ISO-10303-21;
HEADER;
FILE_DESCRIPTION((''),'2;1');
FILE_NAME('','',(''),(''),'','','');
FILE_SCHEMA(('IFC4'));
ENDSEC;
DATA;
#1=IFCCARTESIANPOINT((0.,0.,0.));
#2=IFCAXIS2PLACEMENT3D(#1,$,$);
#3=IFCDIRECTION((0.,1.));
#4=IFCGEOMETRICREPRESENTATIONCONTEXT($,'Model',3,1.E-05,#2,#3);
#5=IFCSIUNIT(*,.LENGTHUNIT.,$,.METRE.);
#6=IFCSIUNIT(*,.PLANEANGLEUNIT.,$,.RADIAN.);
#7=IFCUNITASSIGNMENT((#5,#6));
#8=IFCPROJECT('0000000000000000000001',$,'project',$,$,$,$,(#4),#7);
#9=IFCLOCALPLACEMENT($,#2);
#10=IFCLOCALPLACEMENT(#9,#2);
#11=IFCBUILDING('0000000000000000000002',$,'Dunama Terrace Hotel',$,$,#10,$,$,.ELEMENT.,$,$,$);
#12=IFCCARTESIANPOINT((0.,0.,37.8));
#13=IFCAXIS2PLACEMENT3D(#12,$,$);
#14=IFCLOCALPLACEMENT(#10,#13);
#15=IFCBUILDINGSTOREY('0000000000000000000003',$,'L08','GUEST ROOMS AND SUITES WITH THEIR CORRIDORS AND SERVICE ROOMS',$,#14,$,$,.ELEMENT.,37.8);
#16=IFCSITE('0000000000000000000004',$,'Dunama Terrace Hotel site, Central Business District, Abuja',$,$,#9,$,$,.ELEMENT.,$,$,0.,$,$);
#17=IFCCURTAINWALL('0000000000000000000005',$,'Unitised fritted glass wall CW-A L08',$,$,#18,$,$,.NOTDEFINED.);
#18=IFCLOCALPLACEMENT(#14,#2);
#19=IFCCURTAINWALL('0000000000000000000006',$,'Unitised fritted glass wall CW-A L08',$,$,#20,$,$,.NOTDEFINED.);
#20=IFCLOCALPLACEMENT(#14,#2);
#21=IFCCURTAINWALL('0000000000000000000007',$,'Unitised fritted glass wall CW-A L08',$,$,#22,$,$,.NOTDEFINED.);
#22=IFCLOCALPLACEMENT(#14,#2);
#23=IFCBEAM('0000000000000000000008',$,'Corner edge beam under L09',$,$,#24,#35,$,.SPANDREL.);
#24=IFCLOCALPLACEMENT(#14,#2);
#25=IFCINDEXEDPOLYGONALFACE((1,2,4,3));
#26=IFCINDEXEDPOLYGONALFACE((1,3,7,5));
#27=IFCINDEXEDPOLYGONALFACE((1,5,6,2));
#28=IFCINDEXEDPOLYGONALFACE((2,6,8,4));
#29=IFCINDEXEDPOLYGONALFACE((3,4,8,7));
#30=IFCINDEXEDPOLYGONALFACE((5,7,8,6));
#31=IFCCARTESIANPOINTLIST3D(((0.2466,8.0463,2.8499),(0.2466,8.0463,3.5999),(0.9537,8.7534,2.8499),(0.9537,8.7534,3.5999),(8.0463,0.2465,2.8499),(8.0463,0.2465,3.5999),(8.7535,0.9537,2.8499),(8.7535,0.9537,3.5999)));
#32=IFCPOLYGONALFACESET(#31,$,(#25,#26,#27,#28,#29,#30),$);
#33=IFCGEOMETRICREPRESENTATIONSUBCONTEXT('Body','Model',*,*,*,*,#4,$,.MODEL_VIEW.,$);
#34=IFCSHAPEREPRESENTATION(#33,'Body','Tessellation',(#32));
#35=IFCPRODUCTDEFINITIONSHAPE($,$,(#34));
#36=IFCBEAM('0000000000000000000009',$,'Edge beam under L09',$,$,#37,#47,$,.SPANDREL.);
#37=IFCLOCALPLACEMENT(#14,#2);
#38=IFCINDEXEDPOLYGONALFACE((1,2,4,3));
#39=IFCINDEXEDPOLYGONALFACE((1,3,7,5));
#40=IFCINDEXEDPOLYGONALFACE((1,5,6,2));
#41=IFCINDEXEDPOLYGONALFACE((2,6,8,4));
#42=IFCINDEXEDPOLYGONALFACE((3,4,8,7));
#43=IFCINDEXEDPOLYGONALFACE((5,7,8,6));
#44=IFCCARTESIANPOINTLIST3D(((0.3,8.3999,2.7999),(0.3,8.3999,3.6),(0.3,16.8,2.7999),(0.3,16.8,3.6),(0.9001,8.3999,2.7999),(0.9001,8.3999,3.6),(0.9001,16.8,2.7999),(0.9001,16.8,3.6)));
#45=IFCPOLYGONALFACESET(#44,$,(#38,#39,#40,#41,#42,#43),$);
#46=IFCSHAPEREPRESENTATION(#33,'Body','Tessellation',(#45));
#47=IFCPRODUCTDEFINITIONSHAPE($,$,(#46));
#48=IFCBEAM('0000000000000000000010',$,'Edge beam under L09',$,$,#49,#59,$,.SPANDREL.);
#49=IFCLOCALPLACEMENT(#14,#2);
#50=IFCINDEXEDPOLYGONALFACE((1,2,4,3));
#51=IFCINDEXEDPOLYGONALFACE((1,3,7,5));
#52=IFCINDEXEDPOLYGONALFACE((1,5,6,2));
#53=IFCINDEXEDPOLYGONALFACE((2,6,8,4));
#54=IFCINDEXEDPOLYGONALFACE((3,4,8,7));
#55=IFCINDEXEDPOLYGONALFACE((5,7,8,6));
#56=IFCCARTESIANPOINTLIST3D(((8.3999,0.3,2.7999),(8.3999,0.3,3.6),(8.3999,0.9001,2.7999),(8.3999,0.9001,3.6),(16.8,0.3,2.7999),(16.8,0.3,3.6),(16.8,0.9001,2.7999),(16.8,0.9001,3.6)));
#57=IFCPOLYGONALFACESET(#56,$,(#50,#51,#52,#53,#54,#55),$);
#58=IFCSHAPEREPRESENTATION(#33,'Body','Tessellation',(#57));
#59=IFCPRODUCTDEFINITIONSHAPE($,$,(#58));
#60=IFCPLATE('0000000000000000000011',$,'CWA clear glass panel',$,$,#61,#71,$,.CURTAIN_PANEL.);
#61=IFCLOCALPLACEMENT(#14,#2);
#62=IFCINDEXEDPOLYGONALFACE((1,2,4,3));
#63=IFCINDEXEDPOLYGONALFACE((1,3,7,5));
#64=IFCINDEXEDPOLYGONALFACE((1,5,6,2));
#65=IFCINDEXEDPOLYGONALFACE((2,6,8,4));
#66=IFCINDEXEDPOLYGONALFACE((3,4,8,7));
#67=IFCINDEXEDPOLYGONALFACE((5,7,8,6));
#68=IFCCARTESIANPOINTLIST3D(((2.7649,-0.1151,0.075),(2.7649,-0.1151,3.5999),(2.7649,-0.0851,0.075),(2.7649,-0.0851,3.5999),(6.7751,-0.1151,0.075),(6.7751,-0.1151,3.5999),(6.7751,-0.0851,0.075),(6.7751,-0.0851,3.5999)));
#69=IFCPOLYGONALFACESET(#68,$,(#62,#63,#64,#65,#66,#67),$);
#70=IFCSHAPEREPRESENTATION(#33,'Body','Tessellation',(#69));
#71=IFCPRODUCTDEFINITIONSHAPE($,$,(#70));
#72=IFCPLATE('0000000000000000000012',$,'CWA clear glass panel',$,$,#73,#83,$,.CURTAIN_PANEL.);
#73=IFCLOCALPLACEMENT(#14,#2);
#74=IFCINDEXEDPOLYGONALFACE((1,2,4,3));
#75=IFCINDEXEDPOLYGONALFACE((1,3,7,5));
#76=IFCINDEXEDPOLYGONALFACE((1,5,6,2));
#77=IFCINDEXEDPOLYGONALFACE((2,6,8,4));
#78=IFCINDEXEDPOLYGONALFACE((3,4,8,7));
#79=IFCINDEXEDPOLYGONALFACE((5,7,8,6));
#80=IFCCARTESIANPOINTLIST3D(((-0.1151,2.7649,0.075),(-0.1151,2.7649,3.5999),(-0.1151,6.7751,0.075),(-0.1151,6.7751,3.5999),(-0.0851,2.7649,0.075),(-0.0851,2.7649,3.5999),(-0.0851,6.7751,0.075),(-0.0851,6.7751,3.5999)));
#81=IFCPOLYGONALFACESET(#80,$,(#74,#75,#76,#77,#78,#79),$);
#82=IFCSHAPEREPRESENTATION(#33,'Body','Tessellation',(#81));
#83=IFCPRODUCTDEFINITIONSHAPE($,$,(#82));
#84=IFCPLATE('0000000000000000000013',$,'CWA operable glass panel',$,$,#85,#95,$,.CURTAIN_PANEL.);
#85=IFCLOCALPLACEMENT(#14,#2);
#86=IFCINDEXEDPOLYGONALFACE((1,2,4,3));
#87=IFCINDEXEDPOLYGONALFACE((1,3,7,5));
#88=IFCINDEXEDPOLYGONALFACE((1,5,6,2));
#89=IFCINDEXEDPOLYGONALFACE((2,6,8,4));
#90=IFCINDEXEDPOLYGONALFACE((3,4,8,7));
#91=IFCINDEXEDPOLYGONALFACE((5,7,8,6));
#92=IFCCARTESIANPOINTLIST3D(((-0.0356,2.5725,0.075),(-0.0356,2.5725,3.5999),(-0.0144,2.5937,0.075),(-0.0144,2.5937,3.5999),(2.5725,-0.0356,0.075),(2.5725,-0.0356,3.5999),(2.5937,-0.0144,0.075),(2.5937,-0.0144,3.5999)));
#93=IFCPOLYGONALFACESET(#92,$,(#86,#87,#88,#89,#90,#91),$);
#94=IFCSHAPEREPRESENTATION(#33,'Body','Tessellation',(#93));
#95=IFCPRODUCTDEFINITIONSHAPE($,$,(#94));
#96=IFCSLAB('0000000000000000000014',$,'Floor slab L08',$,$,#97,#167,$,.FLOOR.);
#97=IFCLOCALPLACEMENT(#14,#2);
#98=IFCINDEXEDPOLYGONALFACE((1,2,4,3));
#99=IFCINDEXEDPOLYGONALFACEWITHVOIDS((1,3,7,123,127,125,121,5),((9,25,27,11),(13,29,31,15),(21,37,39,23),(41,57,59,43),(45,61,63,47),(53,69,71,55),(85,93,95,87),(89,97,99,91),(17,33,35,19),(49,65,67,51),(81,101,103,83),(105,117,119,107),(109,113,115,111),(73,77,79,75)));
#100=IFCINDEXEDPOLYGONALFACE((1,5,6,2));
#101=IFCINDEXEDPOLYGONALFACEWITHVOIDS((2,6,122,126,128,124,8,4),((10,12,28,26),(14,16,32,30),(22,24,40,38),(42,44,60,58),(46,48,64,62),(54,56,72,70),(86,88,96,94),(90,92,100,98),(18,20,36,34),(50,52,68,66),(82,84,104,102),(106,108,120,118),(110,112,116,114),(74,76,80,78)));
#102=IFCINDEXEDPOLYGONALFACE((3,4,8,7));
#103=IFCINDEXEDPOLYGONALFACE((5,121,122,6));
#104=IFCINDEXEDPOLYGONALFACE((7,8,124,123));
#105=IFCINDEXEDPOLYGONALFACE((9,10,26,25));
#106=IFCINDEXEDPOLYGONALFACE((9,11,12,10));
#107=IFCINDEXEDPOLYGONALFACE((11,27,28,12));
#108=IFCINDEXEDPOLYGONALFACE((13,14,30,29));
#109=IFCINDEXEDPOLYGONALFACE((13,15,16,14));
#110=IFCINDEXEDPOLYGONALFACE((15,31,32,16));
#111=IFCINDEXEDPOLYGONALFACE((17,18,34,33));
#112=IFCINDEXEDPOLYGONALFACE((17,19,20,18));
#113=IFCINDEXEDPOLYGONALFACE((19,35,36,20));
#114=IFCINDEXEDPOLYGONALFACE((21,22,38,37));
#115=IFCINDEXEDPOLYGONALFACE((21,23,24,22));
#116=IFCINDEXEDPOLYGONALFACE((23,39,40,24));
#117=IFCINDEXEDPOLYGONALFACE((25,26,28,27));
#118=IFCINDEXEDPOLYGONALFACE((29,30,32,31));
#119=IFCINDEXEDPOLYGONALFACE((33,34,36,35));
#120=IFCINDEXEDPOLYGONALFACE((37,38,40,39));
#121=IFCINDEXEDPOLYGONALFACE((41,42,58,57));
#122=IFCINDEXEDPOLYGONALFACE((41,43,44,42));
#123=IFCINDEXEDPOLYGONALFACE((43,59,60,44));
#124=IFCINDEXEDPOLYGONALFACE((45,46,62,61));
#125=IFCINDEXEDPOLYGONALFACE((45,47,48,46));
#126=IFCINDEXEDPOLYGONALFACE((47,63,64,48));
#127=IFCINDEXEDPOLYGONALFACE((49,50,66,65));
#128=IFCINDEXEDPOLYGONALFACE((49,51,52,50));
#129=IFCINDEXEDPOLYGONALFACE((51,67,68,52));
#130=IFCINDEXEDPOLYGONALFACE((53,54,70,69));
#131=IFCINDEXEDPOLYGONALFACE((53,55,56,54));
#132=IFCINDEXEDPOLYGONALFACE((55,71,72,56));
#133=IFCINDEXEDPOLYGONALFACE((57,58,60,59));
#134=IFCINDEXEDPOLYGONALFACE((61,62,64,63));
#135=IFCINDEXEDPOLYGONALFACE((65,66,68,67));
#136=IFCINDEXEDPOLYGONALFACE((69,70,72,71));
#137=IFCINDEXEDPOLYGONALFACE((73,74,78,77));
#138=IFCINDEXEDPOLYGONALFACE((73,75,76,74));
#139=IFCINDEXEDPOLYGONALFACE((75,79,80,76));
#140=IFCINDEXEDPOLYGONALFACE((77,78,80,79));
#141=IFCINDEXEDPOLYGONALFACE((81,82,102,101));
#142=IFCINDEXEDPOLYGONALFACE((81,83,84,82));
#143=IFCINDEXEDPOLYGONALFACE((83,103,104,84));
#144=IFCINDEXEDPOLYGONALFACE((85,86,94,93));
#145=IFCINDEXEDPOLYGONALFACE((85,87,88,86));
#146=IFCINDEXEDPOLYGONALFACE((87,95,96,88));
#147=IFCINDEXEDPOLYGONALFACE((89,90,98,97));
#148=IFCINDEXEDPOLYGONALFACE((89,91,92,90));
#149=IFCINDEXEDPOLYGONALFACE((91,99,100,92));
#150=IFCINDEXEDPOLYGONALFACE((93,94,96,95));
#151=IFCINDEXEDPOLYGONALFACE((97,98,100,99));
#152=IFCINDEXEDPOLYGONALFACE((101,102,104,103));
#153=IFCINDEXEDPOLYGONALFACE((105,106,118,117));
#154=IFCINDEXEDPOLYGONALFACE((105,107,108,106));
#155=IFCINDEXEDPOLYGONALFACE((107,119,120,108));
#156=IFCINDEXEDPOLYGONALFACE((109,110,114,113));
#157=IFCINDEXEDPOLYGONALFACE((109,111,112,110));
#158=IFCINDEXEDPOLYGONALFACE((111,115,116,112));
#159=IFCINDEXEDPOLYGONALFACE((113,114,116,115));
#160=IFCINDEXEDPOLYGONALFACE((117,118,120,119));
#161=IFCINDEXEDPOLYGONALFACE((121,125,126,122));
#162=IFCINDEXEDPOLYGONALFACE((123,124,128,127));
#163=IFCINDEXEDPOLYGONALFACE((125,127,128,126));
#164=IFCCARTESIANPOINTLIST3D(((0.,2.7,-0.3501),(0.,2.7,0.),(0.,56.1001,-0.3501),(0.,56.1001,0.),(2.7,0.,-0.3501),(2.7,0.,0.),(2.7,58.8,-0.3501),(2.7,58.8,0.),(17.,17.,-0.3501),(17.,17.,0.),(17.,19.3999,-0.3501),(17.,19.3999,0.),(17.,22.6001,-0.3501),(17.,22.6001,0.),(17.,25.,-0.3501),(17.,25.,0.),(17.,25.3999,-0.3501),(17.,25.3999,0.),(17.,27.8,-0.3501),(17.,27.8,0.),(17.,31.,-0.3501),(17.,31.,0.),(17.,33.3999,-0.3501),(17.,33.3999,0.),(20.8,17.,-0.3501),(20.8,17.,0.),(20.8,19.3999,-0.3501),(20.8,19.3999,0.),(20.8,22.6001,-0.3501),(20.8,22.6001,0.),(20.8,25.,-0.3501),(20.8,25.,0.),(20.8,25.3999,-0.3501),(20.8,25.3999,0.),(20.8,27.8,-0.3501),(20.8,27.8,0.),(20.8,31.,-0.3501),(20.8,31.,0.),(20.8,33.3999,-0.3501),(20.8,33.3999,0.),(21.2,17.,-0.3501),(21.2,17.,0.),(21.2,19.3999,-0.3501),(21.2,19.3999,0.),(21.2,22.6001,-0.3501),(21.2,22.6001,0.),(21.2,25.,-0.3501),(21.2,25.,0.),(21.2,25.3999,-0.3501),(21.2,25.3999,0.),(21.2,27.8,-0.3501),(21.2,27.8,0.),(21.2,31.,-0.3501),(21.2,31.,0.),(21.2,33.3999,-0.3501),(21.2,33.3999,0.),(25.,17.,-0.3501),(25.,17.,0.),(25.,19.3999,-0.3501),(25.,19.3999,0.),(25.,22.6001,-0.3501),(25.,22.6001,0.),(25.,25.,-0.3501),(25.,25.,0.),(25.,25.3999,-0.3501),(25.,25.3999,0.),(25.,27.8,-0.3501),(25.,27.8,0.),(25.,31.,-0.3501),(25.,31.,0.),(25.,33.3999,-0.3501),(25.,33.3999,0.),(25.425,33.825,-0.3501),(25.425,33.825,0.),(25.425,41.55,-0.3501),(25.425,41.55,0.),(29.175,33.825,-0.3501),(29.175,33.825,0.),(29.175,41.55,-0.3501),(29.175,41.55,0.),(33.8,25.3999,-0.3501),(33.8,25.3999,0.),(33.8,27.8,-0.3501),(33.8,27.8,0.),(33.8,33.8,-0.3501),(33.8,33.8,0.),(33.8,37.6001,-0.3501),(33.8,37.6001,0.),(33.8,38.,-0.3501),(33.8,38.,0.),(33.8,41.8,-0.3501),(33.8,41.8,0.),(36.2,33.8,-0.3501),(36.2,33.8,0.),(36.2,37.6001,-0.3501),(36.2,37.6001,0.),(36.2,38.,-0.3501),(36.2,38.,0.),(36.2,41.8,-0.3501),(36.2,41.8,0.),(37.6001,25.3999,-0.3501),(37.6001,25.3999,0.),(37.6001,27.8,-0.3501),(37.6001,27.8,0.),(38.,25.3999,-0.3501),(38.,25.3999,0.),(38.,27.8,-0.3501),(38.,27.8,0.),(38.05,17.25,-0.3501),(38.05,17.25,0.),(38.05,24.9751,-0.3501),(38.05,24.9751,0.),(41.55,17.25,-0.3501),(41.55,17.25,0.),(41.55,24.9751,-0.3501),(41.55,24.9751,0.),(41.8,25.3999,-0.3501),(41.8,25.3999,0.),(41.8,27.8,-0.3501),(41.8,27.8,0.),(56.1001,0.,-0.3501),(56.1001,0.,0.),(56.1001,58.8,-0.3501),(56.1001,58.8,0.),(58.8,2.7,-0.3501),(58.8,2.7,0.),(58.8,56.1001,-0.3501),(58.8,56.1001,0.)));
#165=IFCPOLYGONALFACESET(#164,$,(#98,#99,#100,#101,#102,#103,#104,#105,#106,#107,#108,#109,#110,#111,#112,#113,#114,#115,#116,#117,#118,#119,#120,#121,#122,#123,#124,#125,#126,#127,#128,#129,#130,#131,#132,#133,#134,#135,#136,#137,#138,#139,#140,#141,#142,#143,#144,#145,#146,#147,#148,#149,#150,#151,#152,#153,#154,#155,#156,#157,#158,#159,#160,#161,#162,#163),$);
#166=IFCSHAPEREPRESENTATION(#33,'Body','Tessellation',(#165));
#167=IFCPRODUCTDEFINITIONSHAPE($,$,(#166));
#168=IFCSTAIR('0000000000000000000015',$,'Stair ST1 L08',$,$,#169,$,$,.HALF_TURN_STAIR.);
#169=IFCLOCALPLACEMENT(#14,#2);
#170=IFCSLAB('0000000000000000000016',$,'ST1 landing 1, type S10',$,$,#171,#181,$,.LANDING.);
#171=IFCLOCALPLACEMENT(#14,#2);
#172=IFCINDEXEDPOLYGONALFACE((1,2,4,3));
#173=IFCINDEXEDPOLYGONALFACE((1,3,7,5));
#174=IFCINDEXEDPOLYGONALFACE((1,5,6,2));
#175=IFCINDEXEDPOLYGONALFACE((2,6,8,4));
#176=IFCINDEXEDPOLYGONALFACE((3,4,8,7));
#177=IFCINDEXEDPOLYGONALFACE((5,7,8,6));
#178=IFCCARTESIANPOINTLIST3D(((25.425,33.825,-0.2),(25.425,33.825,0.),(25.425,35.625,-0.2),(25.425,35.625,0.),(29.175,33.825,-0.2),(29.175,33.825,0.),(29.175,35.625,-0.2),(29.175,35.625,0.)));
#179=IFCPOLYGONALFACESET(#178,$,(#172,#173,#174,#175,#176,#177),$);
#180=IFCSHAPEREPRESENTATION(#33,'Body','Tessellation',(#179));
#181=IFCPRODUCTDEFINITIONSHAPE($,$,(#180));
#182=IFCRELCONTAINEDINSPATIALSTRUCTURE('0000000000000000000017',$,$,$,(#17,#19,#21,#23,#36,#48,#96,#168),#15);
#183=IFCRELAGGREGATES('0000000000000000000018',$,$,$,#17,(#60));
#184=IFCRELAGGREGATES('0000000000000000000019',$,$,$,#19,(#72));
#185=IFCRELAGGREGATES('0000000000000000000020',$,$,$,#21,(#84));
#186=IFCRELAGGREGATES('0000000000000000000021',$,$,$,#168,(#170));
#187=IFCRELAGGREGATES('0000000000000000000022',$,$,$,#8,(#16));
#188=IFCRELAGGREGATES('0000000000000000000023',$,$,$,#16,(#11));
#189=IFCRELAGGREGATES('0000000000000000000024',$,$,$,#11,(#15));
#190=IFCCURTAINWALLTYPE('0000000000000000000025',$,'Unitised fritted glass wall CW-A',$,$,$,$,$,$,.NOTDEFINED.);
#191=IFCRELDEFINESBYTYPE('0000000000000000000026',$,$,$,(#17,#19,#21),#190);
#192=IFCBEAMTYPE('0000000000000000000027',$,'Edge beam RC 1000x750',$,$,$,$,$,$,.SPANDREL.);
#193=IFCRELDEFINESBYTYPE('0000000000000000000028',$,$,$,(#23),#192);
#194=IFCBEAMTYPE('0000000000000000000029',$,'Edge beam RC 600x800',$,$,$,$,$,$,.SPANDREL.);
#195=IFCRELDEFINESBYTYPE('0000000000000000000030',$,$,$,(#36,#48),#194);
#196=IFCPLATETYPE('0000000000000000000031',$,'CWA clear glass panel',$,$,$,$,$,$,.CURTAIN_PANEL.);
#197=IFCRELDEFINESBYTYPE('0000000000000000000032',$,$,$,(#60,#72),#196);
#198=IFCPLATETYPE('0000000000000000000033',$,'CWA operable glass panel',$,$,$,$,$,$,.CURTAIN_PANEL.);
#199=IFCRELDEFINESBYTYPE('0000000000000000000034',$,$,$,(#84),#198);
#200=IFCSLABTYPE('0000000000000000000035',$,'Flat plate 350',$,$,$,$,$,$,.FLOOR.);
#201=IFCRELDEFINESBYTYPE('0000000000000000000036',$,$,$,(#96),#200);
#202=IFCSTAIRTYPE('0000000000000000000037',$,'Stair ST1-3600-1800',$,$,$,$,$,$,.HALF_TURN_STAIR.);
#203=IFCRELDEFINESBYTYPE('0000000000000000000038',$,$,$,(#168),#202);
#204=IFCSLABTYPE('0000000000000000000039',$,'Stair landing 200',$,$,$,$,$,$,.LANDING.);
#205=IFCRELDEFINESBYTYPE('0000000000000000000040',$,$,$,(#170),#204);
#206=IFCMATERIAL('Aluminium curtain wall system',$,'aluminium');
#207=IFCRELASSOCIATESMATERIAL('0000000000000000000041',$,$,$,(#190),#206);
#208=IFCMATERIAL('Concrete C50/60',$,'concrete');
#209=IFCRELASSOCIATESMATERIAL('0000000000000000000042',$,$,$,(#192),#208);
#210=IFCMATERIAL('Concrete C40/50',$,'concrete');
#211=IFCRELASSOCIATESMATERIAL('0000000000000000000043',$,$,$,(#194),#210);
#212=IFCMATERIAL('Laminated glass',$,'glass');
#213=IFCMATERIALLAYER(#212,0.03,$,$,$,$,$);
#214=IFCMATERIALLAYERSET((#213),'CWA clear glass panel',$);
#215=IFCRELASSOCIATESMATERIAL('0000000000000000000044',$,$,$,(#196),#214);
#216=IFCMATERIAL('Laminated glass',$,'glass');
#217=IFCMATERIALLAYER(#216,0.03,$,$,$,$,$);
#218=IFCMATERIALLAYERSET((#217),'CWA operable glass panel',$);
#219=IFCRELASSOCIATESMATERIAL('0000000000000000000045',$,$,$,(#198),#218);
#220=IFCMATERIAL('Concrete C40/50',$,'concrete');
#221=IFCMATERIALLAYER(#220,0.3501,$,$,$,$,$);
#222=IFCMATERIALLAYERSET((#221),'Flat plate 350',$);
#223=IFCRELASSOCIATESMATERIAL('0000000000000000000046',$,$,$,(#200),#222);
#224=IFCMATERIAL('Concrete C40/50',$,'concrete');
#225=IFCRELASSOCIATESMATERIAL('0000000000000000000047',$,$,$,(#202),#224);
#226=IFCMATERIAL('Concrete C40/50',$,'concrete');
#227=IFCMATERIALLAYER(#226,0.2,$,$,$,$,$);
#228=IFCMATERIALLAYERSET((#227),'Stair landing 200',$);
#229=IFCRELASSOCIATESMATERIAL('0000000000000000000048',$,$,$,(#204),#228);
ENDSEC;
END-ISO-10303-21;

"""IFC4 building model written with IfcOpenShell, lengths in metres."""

from ifc_helpers import new_model, si_unit, direction, frame, origin, origin_2d, place, context, subcontext, project, spatial, polyline, rectangle, outline, extrude, material, layer, layer_set, material_profile, profile_set, type_object, element, aggregate, save


model = new_model("IFC4")

# Units and contexts
model_context = context("Model", 3, precision=1e-05, world=origin(), true_north=direction((0.0, 1.0)))
body_context = subcontext(model_context, "Body", "Model", "MODEL_VIEW")
ifc_project = project(units=[si_unit("LENGTHUNIT", "METRE"), si_unit("PLANEANGLEUNIT", "RADIAN")], contexts=[model_context])

# Site, building, storey
site_placement = place(None, origin())
site = spatial("IfcSite", under=ifc_project, at=site_placement, Name="Dunama Terrace Hotel site, Central Business District, Abuja", CompositionType="ELEMENT", RefElevation=0.0)
building_placement = place(site_placement, origin())
building = spatial("IfcBuilding", under=site, at=building_placement, Name="Dunama Terrace Hotel", CompositionType="ELEMENT")
storey_placement = place(building_placement, frame((0.0, 0.0, 37.8)))
storey = spatial("IfcBuildingStorey", under=building, at=storey_placement, Name="L08", Description="GUEST ROOMS AND SUITES WITH THEIR CORRIDORS AND SERVICE ROOMS", CompositionType="ELEMENT", Elevation=37.8)

# Curtain walls
ifc_material_1 = material(Name="Aluminium curtain wall system", Category="aluminium")
curtain_wall_type = type_object("IfcCurtainWallType", Name="Unitised fritted glass wall CW-A", PredefinedType="NOTDEFINED", material=ifc_material_1)
curtain_wall_1_placement = place(storey_placement, origin())
curtain_wall_1 = element("IfcCurtainWall", 1, at=curtain_wall_1_placement, inside=storey, type_object=curtain_wall_type, Name="Unitised fritted glass wall CW-A L08", PredefinedType="NOTDEFINED")
curtain_wall_2_placement = place(storey_placement, origin())
curtain_wall_2 = element("IfcCurtainWall", 2, at=curtain_wall_2_placement, inside=storey, type_object=curtain_wall_type, Name="Unitised fritted glass wall CW-A L08", PredefinedType="NOTDEFINED")
curtain_wall_3_placement = place(storey_placement, origin())
curtain_wall_3 = element("IfcCurtainWall", 3, at=curtain_wall_3_placement, inside=storey, type_object=curtain_wall_type, Name="Unitised fritted glass wall CW-A L08", PredefinedType="NOTDEFINED")

# Beams
ifc_material_2 = material(Name="Concrete C50/60", Category="concrete")
ifc_material_profile_1 = material_profile(ifc_material_2, rectangle(XDim=1.0, YDim=0.75, at=origin_2d()), Name="RC 1000x750")
ifc_profile_set_1 = profile_set([ifc_material_profile_1], Name="Concrete C50/60")
beam_type_1 = type_object("IfcBeamType", Name="Edge beam RC 1000x750", PredefinedType="SPANDREL", material=ifc_profile_set_1)
beam_placement = place(storey_placement, frame((8.3999, 0.6001, 3.2249), z_axis=(-0.707107, 0.707107, 0.0), x_axis=(-0.707107, -0.707107, 0.0)))
element("IfcBeam", 4, at=beam_placement, inside=storey, type_object=beam_type_1, Name="Corner edge beam under L09", PredefinedType="SPANDREL", context=body_context, shape_type="SweptSolid", body=[
    extrude(rectangle(XDim=1.0, YDim=0.75, at=origin_2d()), origin(), (0.0, 0.0, 1.0), 11.0305),
])
ifc_material_3 = material(Name="Concrete C40/50", Category="concrete")
ifc_material_profile_2 = material_profile(ifc_material_3, rectangle(XDim=0.6001, YDim=0.8, at=origin_2d()), Name="RC 600x800")
ifc_profile_set_2 = profile_set([ifc_material_profile_2], Name="Concrete C40/50")
beam_type_2 = type_object("IfcBeamType", Name="Edge beam RC 600x800", PredefinedType="SPANDREL", material=ifc_profile_set_2)
for number, where, z_axis, x_axis, name in (
    (5, (0.6001, 8.3999, 3.2), (0.0, 1.0, 0.0), (-1.0, 0.0, 0.0), "Edge beam under L09"),
    (6, (8.3999, 0.6001, 3.2), (1.0, 0.0, 0.0), (0.0, 1.0, 0.0), "Edge beam under L09"),
):
    element("IfcBeam", number, at=place(storey_placement, frame(where, z_axis=z_axis, x_axis=x_axis)), inside=storey, type_object=beam_type_2, Name=name, PredefinedType="SPANDREL", context=body_context, shape_type="SweptSolid", body=[
        extrude(rectangle(XDim=0.6001, YDim=0.8, at=origin_2d()), origin(), (0.0, 0.0, 1.0), 8.4001),
    ])

# Plates
ifc_material_4 = material(Name="Laminated glass", Category="glass")
ifc_layer_1 = layer(ifc_material_4, 0.03)
ifc_layer_set_1 = layer_set([ifc_layer_1], Name="CWA clear glass panel")
plate_type_1 = type_object("IfcPlateType", Name="CWA clear glass panel", PredefinedType="CURTAIN_PANEL", material=ifc_layer_set_1)
plate_1_placement = place(storey_placement, frame((4.77, -0.1001, 0.075), z_axis=(0.0, 0.0, 1.0), x_axis=(1.0, 0.0, 0.0)))
plate_1 = element("IfcPlate", 7, at=plate_1_placement, type_object=plate_type_1, Name="CWA clear glass panel", PredefinedType="CURTAIN_PANEL", context=body_context, shape_type="SweptSolid", body=[
    extrude(rectangle(XDim=4.0103, YDim=0.03, at=origin_2d()), origin(), (0.0, 0.0, 1.0), 3.5249),
])
aggregate(curtain_wall_1, [plate_1])
plate_2_placement = place(storey_placement, frame((-0.1001, 4.77, 0.075), z_axis=(0.0, 0.0, 1.0), x_axis=(0.0, -1.0, 0.0)))
plate_2 = element("IfcPlate", 8, at=plate_2_placement, type_object=plate_type_1, Name="CWA clear glass panel", PredefinedType="CURTAIN_PANEL", context=body_context, shape_type="SweptSolid", body=[
    extrude(rectangle(XDim=4.0103, YDim=0.03, at=origin_2d()), origin(), (0.0, 0.0, 1.0), 3.5249),
])
aggregate(curtain_wall_2, [plate_2])
ifc_material_5 = material(Name="Laminated glass", Category="glass")
ifc_layer_2 = layer(ifc_material_5, 0.03)
ifc_layer_set_2 = layer_set([ifc_layer_2], Name="CWA operable glass panel")
plate_type_2 = type_object("IfcPlateType", Name="CWA operable glass panel", PredefinedType="CURTAIN_PANEL", material=ifc_layer_set_2)
plate_3_placement = place(storey_placement, frame((1.2791, 1.2791, 0.075), z_axis=(0.0, 0.0, 1.0), x_axis=(0.707107, -0.707107, 0.0)))
plate_3 = element("IfcPlate", 9, at=plate_3_placement, type_object=plate_type_2, Name="CWA operable glass panel", PredefinedType="CURTAIN_PANEL", context=body_context, shape_type="SweptSolid", body=[
    extrude(rectangle(XDim=3.6885, YDim=0.03, at=origin_2d()), origin(), (0.0, 0.0, 1.0), 3.5249),
])
aggregate(curtain_wall_3, [plate_3])

# Slab
ifc_material_6 = material(Name="Concrete C40/50", Category="concrete")
ifc_layer_3 = layer(ifc_material_6, 0.3501)
ifc_layer_set_3 = layer_set([ifc_layer_3], Name="Flat plate 350")
slab_type_1 = type_object("IfcSlabType", Name="Flat plate 350", PredefinedType="FLOOR", material=ifc_layer_set_3)
slab_1_placement = place(storey_placement, frame((0.0, 0.0, -0.3501)))
element("IfcSlab", 10, at=slab_1_placement, inside=storey, type_object=slab_type_1, Name="Floor slab L08", PredefinedType="FLOOR", context=body_context, shape_type="SweptSolid", body=[
    extrude(outline(polyline([(2.7, 0.0), (56.1001, 0.0), (58.8, 2.7), (58.8, 56.1001), (56.1001, 58.8), (2.7, 58.8), (0.0, 56.1001), (0.0, 2.7), (2.7, 0.0)]), holes=[polyline([(20.8, 25.3999), (20.8, 27.8), (17.0, 27.8), (17.0, 25.3999), (20.8, 25.3999)]), polyline([(25.0, 25.3999), (25.0, 27.8), (21.2, 27.8), (21.2, 25.3999), (25.0, 25.3999)]), polyline([(20.8, 31.0), (20.8, 33.3999), (17.0, 33.3999), (17.0, 31.0), (20.8, 31.0)]), polyline([(25.0, 31.0), (25.0, 33.3999), (21.2, 33.3999), (21.2, 31.0), (25.0, 31.0)]), polyline([(37.6001, 25.3999), (37.6001, 27.8), (33.8, 27.8), (33.8, 25.3999), (37.6001, 25.3999)]), polyline([(41.8, 25.3999), (41.8, 27.8), (38.0, 27.8), (38.0, 25.3999), (41.8, 25.3999)]), polyline([(20.8, 17.0), (20.8, 19.3999), (17.0, 19.3999), (17.0, 17.0), (20.8, 17.0)]), polyline([(25.0, 17.0), (25.0, 19.3999), (21.2, 19.3999), (21.2, 17.0), (25.0, 17.0)]), polyline([(20.8, 22.6001), (20.8, 25.0), (17.0, 25.0), (17.0, 22.6001), (20.8, 22.6001)]), polyline([(25.0, 22.6001), (25.0, 25.0), (21.2, 25.0), (21.2, 22.6001), (25.0, 22.6001)]), polyline([(36.2, 38.0), (36.2, 41.8), (33.8, 41.8), (33.8, 38.0), (36.2, 38.0)]), polyline([(36.2, 33.8), (36.2, 37.6001), (33.8, 37.6001), (33.8, 33.8), (36.2, 33.8)]), polyline([(29.175, 33.825), (29.175, 41.55), (25.425, 41.55), (25.425, 33.825), (29.175, 33.825)]), polyline([(41.55, 17.25), (41.55, 24.9751), (38.05, 24.9751), (38.05, 17.25), (41.55, 17.25)])]), origin(), (0.0, 0.0, 1.0), 0.3501),
])

# Stair, slab
ifc_material_7 = material(Name="Concrete C40/50", Category="concrete")
stair_type_1 = type_object("IfcStairType", Name="Stair ST1-3600-1800", PredefinedType="HALF_TURN_STAIR", material=ifc_material_7)
stair_1_placement = place(storey_placement, origin())
stair_1 = element("IfcStair", 11, at=stair_1_placement, inside=storey, type_object=stair_type_1, Name="Stair ST1 L08", PredefinedType="HALF_TURN_STAIR")
ifc_material_8 = material(Name="Concrete C40/50", Category="concrete")
ifc_layer_4 = layer(ifc_material_8, 0.2)
ifc_layer_set_4 = layer_set([ifc_layer_4], Name="Stair landing 200")
slab_type_2 = type_object("IfcSlabType", Name="Stair landing 200", PredefinedType="LANDING", material=ifc_layer_set_4)
slab_2_placement = place(storey_placement, frame((0.0, 0.0, -0.2)))
slab_2 = element("IfcSlab", 12, at=slab_2_placement, type_object=slab_type_2, Name="ST1 landing 1, type S10", PredefinedType="LANDING", context=body_context, shape_type="SweptSolid", body=[
    extrude(outline(polyline([(25.425, 33.825), (29.175, 33.825), (29.175, 35.625), (25.425, 35.625), (25.425, 33.825)])), origin(), (0.0, 0.0, 1.0), 0.2),
])
aggregate(stair_1, [slab_2])

save(model, "model.ifc")
